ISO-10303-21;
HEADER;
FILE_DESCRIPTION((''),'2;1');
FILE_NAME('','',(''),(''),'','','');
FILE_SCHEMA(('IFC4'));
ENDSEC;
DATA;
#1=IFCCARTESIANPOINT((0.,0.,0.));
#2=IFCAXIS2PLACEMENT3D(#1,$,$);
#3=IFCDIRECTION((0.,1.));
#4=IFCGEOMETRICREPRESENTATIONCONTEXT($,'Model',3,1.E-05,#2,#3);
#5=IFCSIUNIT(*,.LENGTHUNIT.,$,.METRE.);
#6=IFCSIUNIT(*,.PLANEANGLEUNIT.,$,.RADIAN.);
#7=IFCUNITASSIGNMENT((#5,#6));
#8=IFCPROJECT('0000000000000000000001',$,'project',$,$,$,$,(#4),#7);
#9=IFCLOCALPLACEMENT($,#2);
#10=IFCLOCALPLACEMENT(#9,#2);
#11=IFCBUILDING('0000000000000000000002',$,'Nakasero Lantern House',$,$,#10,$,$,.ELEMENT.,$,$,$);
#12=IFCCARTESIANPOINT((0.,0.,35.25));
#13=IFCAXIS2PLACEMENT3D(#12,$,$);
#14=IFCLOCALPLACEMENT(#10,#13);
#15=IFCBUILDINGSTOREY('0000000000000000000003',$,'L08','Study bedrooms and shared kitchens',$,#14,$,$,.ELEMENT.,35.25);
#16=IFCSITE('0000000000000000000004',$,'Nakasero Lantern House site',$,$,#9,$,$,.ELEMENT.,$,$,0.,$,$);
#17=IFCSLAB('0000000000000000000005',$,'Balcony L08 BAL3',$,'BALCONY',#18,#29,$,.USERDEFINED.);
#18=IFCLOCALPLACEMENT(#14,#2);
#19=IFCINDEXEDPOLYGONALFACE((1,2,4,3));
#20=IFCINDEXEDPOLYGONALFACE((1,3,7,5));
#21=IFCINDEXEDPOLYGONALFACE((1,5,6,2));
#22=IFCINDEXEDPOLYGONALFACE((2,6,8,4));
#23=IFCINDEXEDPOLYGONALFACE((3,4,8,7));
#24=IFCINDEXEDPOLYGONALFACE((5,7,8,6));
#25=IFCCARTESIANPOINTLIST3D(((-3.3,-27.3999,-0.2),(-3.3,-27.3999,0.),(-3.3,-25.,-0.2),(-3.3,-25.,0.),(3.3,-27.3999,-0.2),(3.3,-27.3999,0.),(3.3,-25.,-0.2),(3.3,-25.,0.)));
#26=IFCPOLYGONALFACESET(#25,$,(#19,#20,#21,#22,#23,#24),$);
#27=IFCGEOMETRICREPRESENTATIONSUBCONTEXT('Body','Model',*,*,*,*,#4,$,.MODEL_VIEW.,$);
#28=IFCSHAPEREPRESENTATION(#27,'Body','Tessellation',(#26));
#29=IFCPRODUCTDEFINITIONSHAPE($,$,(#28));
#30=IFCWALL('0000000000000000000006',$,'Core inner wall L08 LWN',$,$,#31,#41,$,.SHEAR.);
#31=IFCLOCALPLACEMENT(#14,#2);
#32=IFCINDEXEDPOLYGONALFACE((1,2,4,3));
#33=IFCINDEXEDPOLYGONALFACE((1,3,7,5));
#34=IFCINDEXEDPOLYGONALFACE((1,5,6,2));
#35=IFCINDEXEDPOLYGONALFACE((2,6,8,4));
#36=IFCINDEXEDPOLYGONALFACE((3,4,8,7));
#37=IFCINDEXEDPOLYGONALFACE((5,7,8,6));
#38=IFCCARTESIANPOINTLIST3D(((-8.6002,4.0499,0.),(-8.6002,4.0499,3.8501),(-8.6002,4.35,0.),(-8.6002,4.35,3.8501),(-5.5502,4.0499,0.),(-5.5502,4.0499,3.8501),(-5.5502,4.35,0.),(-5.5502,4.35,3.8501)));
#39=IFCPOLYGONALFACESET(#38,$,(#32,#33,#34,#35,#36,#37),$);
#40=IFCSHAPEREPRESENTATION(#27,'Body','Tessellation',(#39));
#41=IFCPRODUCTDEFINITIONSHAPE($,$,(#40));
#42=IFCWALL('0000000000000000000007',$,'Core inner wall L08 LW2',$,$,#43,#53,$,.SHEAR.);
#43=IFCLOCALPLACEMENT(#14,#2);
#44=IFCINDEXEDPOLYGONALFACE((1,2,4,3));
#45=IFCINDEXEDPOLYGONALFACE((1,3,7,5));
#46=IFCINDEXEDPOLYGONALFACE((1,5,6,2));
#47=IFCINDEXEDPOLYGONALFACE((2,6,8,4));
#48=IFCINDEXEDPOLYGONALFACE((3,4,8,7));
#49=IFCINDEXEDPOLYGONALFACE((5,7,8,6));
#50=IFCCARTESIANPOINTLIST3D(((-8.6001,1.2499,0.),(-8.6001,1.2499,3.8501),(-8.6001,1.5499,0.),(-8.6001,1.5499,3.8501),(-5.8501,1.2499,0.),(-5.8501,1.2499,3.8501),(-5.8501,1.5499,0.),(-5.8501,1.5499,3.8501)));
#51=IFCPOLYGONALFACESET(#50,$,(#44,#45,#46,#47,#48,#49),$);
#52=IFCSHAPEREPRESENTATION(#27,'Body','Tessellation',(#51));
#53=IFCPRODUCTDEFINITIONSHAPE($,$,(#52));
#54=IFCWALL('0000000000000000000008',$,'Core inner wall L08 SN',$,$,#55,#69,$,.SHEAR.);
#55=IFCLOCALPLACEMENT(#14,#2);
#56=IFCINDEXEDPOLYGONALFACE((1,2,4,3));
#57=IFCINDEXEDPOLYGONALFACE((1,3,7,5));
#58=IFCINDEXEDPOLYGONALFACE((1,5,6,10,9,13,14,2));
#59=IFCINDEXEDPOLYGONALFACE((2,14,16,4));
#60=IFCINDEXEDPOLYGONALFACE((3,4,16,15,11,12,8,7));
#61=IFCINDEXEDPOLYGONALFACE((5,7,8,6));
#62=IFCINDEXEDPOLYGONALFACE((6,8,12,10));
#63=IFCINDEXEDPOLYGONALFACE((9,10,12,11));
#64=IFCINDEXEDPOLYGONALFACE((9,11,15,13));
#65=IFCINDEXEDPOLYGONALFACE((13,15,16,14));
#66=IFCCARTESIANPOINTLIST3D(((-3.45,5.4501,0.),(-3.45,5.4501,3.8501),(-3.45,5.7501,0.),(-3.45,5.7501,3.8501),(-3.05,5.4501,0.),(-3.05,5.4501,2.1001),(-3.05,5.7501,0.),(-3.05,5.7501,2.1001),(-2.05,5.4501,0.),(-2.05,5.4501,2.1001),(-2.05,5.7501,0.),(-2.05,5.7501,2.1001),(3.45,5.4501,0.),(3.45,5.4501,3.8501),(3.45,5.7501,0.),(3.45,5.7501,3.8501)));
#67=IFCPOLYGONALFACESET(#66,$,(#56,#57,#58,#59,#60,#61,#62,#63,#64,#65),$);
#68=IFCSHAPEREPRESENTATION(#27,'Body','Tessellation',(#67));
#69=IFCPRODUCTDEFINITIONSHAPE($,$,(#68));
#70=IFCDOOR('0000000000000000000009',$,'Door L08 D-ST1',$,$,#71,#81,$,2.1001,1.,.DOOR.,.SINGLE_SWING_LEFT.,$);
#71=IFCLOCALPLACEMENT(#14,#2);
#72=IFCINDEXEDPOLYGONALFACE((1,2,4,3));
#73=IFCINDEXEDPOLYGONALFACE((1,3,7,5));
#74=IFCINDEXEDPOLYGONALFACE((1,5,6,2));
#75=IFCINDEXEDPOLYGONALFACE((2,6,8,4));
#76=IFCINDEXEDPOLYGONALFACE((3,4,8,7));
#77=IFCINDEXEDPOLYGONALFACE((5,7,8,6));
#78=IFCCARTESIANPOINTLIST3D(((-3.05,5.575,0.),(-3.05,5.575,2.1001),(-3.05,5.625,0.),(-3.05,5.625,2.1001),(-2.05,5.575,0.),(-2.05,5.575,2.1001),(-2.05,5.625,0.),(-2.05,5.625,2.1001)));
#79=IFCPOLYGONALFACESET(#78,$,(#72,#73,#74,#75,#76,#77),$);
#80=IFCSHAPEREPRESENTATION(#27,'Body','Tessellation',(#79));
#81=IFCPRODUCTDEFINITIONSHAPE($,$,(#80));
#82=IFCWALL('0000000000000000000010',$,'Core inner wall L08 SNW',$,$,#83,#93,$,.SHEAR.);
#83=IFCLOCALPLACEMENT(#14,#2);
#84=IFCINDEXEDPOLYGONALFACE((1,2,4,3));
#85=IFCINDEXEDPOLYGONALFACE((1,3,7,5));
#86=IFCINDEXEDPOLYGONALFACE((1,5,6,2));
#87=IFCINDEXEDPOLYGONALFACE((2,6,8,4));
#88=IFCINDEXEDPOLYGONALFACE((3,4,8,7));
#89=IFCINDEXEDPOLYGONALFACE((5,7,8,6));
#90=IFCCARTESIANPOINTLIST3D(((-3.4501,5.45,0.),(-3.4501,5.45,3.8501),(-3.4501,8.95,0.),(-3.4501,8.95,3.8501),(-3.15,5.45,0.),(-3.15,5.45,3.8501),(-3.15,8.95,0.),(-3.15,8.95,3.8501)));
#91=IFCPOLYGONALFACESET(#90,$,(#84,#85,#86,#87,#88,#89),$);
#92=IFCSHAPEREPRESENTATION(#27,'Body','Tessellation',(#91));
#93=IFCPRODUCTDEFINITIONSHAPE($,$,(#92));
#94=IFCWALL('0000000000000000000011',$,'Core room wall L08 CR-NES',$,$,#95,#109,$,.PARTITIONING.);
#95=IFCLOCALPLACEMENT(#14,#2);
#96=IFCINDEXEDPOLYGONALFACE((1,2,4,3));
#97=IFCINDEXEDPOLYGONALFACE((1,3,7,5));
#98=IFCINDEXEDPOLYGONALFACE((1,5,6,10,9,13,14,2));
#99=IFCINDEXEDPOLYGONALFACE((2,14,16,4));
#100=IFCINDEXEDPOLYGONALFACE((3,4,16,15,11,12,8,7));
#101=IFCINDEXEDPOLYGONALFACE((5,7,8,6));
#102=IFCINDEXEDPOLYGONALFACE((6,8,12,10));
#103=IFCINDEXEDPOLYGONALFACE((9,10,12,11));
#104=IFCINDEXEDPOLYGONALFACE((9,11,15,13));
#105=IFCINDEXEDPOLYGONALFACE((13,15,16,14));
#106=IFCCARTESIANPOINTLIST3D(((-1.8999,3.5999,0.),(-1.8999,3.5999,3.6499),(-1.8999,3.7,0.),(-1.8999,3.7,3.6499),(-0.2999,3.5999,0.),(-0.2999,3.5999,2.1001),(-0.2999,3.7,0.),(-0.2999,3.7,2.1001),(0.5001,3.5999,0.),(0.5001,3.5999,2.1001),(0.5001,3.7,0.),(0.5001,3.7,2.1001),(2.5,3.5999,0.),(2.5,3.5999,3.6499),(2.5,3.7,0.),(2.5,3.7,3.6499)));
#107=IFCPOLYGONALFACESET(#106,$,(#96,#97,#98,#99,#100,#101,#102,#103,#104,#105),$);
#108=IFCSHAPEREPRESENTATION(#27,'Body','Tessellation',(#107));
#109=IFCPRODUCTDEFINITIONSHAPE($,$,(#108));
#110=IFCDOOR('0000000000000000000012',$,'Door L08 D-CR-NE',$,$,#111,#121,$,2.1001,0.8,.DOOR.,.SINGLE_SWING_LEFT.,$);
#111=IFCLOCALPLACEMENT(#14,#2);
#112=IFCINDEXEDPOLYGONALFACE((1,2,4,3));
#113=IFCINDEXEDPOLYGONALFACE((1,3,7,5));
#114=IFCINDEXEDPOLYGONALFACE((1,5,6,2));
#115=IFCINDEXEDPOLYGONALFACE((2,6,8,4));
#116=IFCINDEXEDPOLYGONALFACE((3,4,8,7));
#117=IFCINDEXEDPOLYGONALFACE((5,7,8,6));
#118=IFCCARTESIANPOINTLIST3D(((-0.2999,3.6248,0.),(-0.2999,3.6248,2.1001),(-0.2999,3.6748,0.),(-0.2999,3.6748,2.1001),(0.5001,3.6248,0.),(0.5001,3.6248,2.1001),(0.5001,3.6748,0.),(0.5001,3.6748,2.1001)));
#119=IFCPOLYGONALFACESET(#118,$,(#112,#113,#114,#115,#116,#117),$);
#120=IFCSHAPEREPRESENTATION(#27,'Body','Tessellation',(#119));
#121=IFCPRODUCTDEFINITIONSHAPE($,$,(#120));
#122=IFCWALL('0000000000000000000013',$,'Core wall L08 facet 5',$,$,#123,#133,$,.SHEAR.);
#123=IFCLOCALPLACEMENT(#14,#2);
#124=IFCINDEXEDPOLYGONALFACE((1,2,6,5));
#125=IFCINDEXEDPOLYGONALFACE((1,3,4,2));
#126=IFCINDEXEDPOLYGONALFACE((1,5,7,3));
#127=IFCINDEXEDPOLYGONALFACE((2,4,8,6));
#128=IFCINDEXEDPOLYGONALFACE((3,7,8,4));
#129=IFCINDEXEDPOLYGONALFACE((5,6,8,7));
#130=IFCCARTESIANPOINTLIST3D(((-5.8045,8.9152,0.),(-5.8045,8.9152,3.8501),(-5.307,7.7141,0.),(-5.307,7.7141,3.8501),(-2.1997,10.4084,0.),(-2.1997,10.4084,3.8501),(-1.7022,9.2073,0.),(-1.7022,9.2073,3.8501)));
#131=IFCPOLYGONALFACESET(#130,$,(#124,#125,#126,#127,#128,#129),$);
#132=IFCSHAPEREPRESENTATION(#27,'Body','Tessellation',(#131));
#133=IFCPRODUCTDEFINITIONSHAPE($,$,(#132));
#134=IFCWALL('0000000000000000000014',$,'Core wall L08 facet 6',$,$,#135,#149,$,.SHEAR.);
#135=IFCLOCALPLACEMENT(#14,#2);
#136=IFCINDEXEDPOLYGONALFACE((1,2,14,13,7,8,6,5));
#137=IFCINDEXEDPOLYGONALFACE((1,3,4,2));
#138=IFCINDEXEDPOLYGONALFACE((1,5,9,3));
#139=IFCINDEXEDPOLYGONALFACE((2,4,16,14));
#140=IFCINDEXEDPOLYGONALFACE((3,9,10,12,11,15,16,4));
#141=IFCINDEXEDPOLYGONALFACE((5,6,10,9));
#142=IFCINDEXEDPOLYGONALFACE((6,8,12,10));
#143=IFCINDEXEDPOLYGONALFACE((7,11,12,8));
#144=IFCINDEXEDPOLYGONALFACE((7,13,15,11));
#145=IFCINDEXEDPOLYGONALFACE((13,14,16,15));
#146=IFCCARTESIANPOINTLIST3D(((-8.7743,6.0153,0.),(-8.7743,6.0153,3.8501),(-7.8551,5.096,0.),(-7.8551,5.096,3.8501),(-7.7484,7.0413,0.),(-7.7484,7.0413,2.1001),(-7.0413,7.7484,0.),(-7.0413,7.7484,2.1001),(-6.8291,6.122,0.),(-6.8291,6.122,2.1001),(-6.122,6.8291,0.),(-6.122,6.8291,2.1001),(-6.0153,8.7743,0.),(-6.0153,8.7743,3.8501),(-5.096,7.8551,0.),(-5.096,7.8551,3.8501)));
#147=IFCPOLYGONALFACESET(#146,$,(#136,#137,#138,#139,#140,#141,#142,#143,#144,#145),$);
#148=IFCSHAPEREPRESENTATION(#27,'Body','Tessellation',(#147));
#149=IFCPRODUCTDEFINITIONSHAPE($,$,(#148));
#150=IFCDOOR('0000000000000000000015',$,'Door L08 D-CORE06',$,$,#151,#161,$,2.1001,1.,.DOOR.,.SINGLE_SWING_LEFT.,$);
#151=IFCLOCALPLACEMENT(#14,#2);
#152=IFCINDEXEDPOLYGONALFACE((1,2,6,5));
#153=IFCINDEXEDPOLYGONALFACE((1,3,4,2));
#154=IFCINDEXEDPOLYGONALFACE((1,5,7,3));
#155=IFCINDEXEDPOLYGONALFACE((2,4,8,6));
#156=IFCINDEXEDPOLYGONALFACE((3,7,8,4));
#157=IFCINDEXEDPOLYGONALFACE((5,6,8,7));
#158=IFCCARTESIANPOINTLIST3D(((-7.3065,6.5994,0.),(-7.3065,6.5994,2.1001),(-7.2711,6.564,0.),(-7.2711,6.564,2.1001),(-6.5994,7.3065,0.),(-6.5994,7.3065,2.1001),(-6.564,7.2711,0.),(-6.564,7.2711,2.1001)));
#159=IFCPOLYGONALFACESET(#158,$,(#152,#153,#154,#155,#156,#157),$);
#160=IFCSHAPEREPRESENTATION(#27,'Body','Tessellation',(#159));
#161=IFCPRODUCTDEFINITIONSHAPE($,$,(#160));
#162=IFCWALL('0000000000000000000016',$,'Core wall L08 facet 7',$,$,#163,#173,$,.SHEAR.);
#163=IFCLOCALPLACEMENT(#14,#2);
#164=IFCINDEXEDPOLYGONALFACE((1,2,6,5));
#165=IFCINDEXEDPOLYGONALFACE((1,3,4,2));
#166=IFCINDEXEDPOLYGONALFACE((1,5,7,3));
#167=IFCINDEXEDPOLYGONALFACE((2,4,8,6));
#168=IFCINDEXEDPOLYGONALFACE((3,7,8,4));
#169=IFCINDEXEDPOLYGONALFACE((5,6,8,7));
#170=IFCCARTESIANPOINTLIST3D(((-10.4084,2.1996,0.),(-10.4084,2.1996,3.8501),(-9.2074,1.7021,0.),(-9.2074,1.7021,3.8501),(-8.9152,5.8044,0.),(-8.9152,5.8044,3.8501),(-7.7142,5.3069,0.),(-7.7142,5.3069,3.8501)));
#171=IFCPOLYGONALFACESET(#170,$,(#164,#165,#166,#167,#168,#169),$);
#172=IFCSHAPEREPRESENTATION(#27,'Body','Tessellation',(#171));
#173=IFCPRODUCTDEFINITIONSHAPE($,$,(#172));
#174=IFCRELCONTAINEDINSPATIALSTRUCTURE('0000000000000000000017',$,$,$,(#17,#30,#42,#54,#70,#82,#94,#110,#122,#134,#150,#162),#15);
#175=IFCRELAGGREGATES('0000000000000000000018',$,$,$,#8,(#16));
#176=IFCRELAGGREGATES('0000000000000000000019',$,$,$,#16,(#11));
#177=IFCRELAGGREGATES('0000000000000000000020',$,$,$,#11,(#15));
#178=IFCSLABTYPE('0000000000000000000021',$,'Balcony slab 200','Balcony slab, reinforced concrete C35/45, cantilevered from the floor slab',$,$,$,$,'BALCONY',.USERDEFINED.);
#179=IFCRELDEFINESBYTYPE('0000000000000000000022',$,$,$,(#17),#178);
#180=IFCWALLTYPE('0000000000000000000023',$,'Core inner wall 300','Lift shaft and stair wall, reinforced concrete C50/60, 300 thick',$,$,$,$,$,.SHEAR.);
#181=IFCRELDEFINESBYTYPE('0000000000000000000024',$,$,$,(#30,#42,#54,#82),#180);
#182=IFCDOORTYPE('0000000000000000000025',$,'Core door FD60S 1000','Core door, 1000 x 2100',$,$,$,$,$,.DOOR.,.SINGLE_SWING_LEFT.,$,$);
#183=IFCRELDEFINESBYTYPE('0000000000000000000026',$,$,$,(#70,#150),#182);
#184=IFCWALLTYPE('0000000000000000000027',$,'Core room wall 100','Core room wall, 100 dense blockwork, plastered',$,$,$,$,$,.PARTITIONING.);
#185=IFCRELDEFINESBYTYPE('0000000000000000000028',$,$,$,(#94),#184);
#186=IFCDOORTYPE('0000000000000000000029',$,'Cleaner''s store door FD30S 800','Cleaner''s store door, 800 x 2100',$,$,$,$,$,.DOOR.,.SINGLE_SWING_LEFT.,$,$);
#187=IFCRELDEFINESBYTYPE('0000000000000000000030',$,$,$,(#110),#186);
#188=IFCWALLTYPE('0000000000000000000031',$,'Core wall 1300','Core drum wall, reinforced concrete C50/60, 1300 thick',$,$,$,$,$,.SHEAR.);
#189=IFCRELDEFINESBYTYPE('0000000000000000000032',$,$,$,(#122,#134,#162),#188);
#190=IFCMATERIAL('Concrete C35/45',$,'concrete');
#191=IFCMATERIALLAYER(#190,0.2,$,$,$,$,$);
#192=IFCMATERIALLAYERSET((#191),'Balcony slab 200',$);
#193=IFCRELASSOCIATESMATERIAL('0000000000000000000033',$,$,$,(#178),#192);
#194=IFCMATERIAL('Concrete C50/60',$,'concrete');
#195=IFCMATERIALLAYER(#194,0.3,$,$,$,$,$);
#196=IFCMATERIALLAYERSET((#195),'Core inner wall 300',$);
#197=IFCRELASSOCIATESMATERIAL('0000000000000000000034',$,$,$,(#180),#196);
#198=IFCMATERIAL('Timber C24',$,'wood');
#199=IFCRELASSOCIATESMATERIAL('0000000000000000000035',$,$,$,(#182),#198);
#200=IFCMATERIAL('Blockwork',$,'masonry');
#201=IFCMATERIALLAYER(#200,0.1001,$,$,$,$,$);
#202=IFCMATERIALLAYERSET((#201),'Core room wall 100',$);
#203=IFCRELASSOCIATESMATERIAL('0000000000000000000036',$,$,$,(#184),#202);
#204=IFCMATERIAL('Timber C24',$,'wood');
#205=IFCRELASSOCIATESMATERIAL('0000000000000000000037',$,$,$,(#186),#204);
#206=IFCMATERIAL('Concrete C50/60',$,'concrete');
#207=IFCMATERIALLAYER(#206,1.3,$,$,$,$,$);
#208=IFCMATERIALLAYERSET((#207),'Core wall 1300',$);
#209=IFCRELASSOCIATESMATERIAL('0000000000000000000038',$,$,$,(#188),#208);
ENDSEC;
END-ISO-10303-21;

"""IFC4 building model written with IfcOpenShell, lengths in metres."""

from ifc_helpers import new_model, si_unit, direction, frame, frame_2d, origin, place, context, subcontext, project, spatial, polyline, rectangle, outline, extrude, material, layer, layer_set, type_object, element, fill, save


model = new_model("IFC4")

# Units and contexts
model_context = context("Model", 3, precision=1e-05, world=origin(), true_north=direction((0.0, 1.0)))
body_context = subcontext(model_context, "Body", "Model", "MODEL_VIEW")
ifc_project = project(units=[si_unit("LENGTHUNIT", "METRE"), si_unit("PLANEANGLEUNIT", "RADIAN")], contexts=[model_context])

# Site, building, storey
site_placement = place(None, origin())
site = spatial("IfcSite", under=ifc_project, at=site_placement, Name="Nakasero Lantern House site", CompositionType="ELEMENT", RefElevation=0.0)
building_placement = place(site_placement, origin())
building = spatial("IfcBuilding", under=site, at=building_placement, Name="Nakasero Lantern House", CompositionType="ELEMENT")
storey_placement = place(building_placement, frame((0.0, 0.0, 35.25)))
storey = spatial("IfcBuildingStorey", under=building, at=storey_placement, Name="L08", Description="Study bedrooms and shared kitchens", CompositionType="ELEMENT", Elevation=35.25)

# Slab
ifc_material_1 = material(Name="Concrete C35/45", Category="concrete")
ifc_layer_1 = layer(ifc_material_1, 0.2)
ifc_layer_set_1 = layer_set([ifc_layer_1], Name="Balcony slab 200")
slab_type = type_object("IfcSlabType", Name="Balcony slab 200", Description="Balcony slab, reinforced concrete C35/45, cantilevered from the floor slab", ElementType="BALCONY", PredefinedType="USERDEFINED", material=ifc_layer_set_1)
slab_1_placement = place(storey_placement, frame((0.0, 0.0, -0.2)))
element("IfcSlab", 1, at=slab_1_placement, inside=storey, type_object=slab_type, Name="Balcony L08 BAL3", ObjectType="BALCONY", PredefinedType="USERDEFINED", context=body_context, shape_type="SweptSolid", body=[
    extrude(outline(polyline([(-3.3, -25.0), (-3.3, -27.3999), (3.3, -27.3999), (3.3, -25.0), (-3.3, -25.0)])), origin(), (0.0, 0.0, 1.0), 0.2),
])

# Walls
ifc_material_2 = material(Name="Concrete C50/60", Category="concrete")
ifc_layer_2 = layer(ifc_material_2, 0.3)
ifc_layer_set_2 = layer_set([ifc_layer_2], Name="Core inner wall 300")
wall_type_1 = type_object("IfcWallType", Name="Core inner wall 300", Description="Lift shaft and stair wall, reinforced concrete C50/60, 300 thick", PredefinedType="SHEAR", material=ifc_layer_set_2)
wall_1_placement = place(storey_placement, frame((-8.6001, 4.2, 0.0), z_axis=(0.0, 0.0, 1.0), x_axis=(1.0, 0.0, 0.0)))
element("IfcWall", 2, at=wall_1_placement, inside=storey, type_object=wall_type_1, Name="Core inner wall L08 LWN", PredefinedType="SHEAR", context=body_context, shape_type="SweptSolid", body=[
    extrude(rectangle(XDim=3.05, YDim=0.3, at=frame_2d((1.5249, 0.0))), origin(), (0.0, 0.0, 1.0), 3.8501),
])
wall_2_placement = place(storey_placement, frame((-8.6001, 1.3999, 0.0), z_axis=(0.0, 0.0, 1.0), x_axis=(1.0, 0.0, 0.0)))
element("IfcWall", 3, at=wall_2_placement, inside=storey, type_object=wall_type_1, Name="Core inner wall L08 LW2", PredefinedType="SHEAR", context=body_context, shape_type="SweptSolid", body=[
    extrude(rectangle(XDim=2.75, YDim=0.3, at=frame_2d((1.375, 0.0))), origin(), (0.0, 0.0, 1.0), 3.8501),
])

# Wall, opening, door
wall_3_placement = place(storey_placement, frame((-3.45, 5.6001, 0.0), z_axis=(0.0, 0.0, 1.0), x_axis=(1.0, 0.0, 0.0)))
wall_3 = element("IfcWall", 4, at=wall_3_placement, inside=storey, type_object=wall_type_1, Name="Core inner wall L08 SN", PredefinedType="SHEAR", context=body_context, shape_type="SweptSolid", body=[
    extrude(rectangle(XDim=6.8999, YDim=0.3, at=frame_2d((3.45, 0.0))), origin(), (0.0, 0.0, 1.0), 3.8501),
])
opening_1_placement = place(wall_3_placement, frame((0.3999, 0.0, 0.0)))
opening_1 = element("IfcOpeningElement", 5, at=opening_1_placement, cuts=wall_3, PredefinedType="OPENING", context=body_context, shape_type="SweptSolid", body=[
    extrude(rectangle(XDim=1.0, YDim=2.1001, at=frame_2d((0.5, 1.05))), frame((0.0, 0.1699, 0.0), z_axis=(0.0, -1.0, 0.0), x_axis=(1.0, 0.0, 0.0)), (0.0, 0.0, 1.0), 0.3401),
])
ifc_material_3 = material(Name="Timber C24", Category="wood")
door_type_1 = type_object("IfcDoorType", Name="Core door FD60S 1000", Description="Core door, 1000 x 2100", OperationType="SINGLE_SWING_LEFT", PredefinedType="DOOR", material=ifc_material_3)
door_1_placement = place(opening_1_placement, origin())
door_1 = element("IfcDoor", 6, at=door_1_placement, inside=storey, type_object=door_type_1, Name="Door L08 D-ST1", OperationType="SINGLE_SWING_LEFT", OverallHeight=2.1001, OverallWidth=1.0, PredefinedType="DOOR", context=body_context, shape_type="SweptSolid", body=[
    extrude(rectangle(XDim=1.0, YDim=2.1001, at=frame_2d((0.5, 1.05))), frame((0.0, 0.0249, 0.0), z_axis=(0.0, -1.0, 0.0), x_axis=(1.0, 0.0, 0.0)), (0.0, 0.0, 1.0), 0.05),
])
fill(opening_1, door_1)

# Wall
wall_4_placement = place(storey_placement, frame((-3.3, 5.45, 0.0), z_axis=(0.0, 0.0, 1.0), x_axis=(0.0, 1.0, 0.0)))
element("IfcWall", 7, at=wall_4_placement, inside=storey, type_object=wall_type_1, Name="Core inner wall L08 SNW", PredefinedType="SHEAR", context=body_context, shape_type="SweptSolid", body=[
    extrude(rectangle(XDim=3.5, YDim=0.3, at=frame_2d((1.75, 0.0))), origin(), (0.0, 0.0, 1.0), 3.8501),
])

# Wall, opening, door
ifc_material_4 = material(Name="Blockwork", Category="masonry")
ifc_layer_3 = layer(ifc_material_4, 0.1001)
ifc_layer_set_3 = layer_set([ifc_layer_3], Name="Core room wall 100")
wall_type_2 = type_object("IfcWallType", Name="Core room wall 100", Description="Core room wall, 100 dense blockwork, plastered", PredefinedType="PARTITIONING", material=ifc_layer_set_3)
wall_5_placement = place(storey_placement, frame((-1.8999, 3.6499, 0.0), z_axis=(0.0, 0.0, 1.0), x_axis=(1.0, 0.0, 0.0)))
wall_5 = element("IfcWall", 8, at=wall_5_placement, inside=storey, type_object=wall_type_2, Name="Core room wall L08 CR-NES", PredefinedType="PARTITIONING", context=body_context, shape_type="SweptSolid", body=[
    extrude(rectangle(XDim=4.3999, YDim=0.1001, at=frame_2d((2.2, 0.0))), origin(), (0.0, 0.0, 1.0), 3.6499),
])
opening_2_placement = place(wall_5_placement, frame((1.6001, 0.0, 0.0)))
opening_2 = element("IfcOpeningElement", 9, at=opening_2_placement, cuts=wall_5, PredefinedType="OPENING", context=body_context, shape_type="SweptSolid", body=[
    extrude(rectangle(XDim=0.8, YDim=2.1001, at=frame_2d((0.3999, 1.05))), frame((0.0, 0.0701, 0.0), z_axis=(0.0, -1.0, 0.0), x_axis=(1.0, 0.0, 0.0)), (0.0, 0.0, 1.0), 0.1401),
])
ifc_material_5 = material(Name="Timber C24", Category="wood")
door_type_2 = type_object("IfcDoorType", Name="Cleaner's store door FD30S 800", Description="Cleaner's store door, 800 x 2100", OperationType="SINGLE_SWING_LEFT", PredefinedType="DOOR", material=ifc_material_5)
door_2_placement = place(opening_2_placement, origin())
door_2 = element("IfcDoor", 10, at=door_2_placement, inside=storey, type_object=door_type_2, Name="Door L08 D-CR-NE", OperationType="SINGLE_SWING_LEFT", OverallHeight=2.1001, OverallWidth=0.8, PredefinedType="DOOR", context=body_context, shape_type="SweptSolid", body=[
    extrude(rectangle(XDim=0.8, YDim=2.1001, at=frame_2d((0.3999, 1.05))), frame((0.0, 0.0249, 0.0), z_axis=(0.0, -1.0, 0.0), x_axis=(1.0, 0.0, 0.0)), (0.0, 0.0, 1.0), 0.05),
])
fill(opening_2, door_2)

# Wall
ifc_material_6 = material(Name="Concrete C50/60", Category="concrete")
ifc_layer_4 = layer(ifc_material_6, 1.3)
ifc_layer_set_4 = layer_set([ifc_layer_4], Name="Core wall 1300")
wall_type_3 = type_object("IfcWallType", Name="Core wall 1300", Description="Core drum wall, reinforced concrete C50/60, 1300 thick", PredefinedType="SHEAR", material=ifc_layer_set_4)
wall_6_placement = place(storey_placement, frame((-1.9509, 9.8079, 0.0), z_axis=(0.0, 0.0, 1.0), x_axis=(-0.923877, -0.382691, 0.0)))
element("IfcWall", 11, at=wall_6_placement, inside=storey, type_object=wall_type_3, Name="Core wall L08 facet 5", PredefinedType="SHEAR", context=body_context, shape_type="SweptSolid", body=[
    extrude(rectangle(XDim=3.9019, YDim=1.3, at=frame_2d((1.9509, 0.0))), origin(), (0.0, 0.0, 1.0), 3.8501),
])

# Wall, opening, door
wall_7_placement = place(storey_placement, frame((-5.5557, 8.3147, 0.0), z_axis=(0.0, 0.0, 1.0), x_axis=(-0.707107, -0.707107, 0.0)))
wall_7 = element("IfcWall", 12, at=wall_7_placement, inside=storey, type_object=wall_type_3, Name="Core wall L08 facet 6", PredefinedType="SHEAR", context=body_context, shape_type="SweptSolid", body=[
    extrude(rectangle(XDim=3.9019, YDim=1.3, at=frame_2d((1.9509, 0.0))), origin(), (0.0, 0.0, 1.0), 3.8501),
])
opening_3_placement = place(wall_7_placement, frame((1.4509, 0.0, 0.0)))
opening_3 = element("IfcOpeningElement", 13, at=opening_3_placement, cuts=wall_7, PredefinedType="OPENING", context=body_context, shape_type="SweptSolid", body=[
    extrude(rectangle(XDim=1.0, YDim=2.1001, at=frame_2d((0.5, 1.05))), frame((0.0, 0.6699, 0.0), z_axis=(0.0, -1.0, 0.0), x_axis=(1.0, 0.0, 0.0)), (0.0, 0.0, 1.0), 1.3401),
])
door_3_placement = place(opening_3_placement, origin())
door_3 = element("IfcDoor", 14, at=door_3_placement, inside=storey, type_object=door_type_1, Name="Door L08 D-CORE06", OperationType="SINGLE_SWING_LEFT", OverallHeight=2.1001, OverallWidth=1.0, PredefinedType="DOOR", context=body_context, shape_type="SweptSolid", body=[
    extrude(rectangle(XDim=1.0, YDim=2.1001, at=frame_2d((0.5, 1.05))), frame((0.0, 0.0249, 0.0), z_axis=(0.0, -1.0, 0.0), x_axis=(1.0, 0.0, 0.0)), (0.0, 0.0, 1.0), 0.05),
])
fill(opening_3, door_3)

# Wall
for number, where, z_axis, x_axis, name in (
    (15, (-8.3147, 5.5557, 0.0), (0.0, 0.0, 1.0), (-0.382691, -0.923877, 0.0), "Core wall L08 facet 7"),
):
    element("IfcWall", number, at=place(storey_placement, frame(where, z_axis=z_axis, x_axis=x_axis)), inside=storey, type_object=wall_type_3, Name=name, PredefinedType="SHEAR", context=body_context, shape_type="SweptSolid", body=[
        extrude(rectangle(XDim=3.9019, YDim=1.3, at=frame_2d((1.9509, 0.0))), origin(), (0.0, 0.0, 1.0), 3.8501),
    ])

save(model, "model.ifc")
